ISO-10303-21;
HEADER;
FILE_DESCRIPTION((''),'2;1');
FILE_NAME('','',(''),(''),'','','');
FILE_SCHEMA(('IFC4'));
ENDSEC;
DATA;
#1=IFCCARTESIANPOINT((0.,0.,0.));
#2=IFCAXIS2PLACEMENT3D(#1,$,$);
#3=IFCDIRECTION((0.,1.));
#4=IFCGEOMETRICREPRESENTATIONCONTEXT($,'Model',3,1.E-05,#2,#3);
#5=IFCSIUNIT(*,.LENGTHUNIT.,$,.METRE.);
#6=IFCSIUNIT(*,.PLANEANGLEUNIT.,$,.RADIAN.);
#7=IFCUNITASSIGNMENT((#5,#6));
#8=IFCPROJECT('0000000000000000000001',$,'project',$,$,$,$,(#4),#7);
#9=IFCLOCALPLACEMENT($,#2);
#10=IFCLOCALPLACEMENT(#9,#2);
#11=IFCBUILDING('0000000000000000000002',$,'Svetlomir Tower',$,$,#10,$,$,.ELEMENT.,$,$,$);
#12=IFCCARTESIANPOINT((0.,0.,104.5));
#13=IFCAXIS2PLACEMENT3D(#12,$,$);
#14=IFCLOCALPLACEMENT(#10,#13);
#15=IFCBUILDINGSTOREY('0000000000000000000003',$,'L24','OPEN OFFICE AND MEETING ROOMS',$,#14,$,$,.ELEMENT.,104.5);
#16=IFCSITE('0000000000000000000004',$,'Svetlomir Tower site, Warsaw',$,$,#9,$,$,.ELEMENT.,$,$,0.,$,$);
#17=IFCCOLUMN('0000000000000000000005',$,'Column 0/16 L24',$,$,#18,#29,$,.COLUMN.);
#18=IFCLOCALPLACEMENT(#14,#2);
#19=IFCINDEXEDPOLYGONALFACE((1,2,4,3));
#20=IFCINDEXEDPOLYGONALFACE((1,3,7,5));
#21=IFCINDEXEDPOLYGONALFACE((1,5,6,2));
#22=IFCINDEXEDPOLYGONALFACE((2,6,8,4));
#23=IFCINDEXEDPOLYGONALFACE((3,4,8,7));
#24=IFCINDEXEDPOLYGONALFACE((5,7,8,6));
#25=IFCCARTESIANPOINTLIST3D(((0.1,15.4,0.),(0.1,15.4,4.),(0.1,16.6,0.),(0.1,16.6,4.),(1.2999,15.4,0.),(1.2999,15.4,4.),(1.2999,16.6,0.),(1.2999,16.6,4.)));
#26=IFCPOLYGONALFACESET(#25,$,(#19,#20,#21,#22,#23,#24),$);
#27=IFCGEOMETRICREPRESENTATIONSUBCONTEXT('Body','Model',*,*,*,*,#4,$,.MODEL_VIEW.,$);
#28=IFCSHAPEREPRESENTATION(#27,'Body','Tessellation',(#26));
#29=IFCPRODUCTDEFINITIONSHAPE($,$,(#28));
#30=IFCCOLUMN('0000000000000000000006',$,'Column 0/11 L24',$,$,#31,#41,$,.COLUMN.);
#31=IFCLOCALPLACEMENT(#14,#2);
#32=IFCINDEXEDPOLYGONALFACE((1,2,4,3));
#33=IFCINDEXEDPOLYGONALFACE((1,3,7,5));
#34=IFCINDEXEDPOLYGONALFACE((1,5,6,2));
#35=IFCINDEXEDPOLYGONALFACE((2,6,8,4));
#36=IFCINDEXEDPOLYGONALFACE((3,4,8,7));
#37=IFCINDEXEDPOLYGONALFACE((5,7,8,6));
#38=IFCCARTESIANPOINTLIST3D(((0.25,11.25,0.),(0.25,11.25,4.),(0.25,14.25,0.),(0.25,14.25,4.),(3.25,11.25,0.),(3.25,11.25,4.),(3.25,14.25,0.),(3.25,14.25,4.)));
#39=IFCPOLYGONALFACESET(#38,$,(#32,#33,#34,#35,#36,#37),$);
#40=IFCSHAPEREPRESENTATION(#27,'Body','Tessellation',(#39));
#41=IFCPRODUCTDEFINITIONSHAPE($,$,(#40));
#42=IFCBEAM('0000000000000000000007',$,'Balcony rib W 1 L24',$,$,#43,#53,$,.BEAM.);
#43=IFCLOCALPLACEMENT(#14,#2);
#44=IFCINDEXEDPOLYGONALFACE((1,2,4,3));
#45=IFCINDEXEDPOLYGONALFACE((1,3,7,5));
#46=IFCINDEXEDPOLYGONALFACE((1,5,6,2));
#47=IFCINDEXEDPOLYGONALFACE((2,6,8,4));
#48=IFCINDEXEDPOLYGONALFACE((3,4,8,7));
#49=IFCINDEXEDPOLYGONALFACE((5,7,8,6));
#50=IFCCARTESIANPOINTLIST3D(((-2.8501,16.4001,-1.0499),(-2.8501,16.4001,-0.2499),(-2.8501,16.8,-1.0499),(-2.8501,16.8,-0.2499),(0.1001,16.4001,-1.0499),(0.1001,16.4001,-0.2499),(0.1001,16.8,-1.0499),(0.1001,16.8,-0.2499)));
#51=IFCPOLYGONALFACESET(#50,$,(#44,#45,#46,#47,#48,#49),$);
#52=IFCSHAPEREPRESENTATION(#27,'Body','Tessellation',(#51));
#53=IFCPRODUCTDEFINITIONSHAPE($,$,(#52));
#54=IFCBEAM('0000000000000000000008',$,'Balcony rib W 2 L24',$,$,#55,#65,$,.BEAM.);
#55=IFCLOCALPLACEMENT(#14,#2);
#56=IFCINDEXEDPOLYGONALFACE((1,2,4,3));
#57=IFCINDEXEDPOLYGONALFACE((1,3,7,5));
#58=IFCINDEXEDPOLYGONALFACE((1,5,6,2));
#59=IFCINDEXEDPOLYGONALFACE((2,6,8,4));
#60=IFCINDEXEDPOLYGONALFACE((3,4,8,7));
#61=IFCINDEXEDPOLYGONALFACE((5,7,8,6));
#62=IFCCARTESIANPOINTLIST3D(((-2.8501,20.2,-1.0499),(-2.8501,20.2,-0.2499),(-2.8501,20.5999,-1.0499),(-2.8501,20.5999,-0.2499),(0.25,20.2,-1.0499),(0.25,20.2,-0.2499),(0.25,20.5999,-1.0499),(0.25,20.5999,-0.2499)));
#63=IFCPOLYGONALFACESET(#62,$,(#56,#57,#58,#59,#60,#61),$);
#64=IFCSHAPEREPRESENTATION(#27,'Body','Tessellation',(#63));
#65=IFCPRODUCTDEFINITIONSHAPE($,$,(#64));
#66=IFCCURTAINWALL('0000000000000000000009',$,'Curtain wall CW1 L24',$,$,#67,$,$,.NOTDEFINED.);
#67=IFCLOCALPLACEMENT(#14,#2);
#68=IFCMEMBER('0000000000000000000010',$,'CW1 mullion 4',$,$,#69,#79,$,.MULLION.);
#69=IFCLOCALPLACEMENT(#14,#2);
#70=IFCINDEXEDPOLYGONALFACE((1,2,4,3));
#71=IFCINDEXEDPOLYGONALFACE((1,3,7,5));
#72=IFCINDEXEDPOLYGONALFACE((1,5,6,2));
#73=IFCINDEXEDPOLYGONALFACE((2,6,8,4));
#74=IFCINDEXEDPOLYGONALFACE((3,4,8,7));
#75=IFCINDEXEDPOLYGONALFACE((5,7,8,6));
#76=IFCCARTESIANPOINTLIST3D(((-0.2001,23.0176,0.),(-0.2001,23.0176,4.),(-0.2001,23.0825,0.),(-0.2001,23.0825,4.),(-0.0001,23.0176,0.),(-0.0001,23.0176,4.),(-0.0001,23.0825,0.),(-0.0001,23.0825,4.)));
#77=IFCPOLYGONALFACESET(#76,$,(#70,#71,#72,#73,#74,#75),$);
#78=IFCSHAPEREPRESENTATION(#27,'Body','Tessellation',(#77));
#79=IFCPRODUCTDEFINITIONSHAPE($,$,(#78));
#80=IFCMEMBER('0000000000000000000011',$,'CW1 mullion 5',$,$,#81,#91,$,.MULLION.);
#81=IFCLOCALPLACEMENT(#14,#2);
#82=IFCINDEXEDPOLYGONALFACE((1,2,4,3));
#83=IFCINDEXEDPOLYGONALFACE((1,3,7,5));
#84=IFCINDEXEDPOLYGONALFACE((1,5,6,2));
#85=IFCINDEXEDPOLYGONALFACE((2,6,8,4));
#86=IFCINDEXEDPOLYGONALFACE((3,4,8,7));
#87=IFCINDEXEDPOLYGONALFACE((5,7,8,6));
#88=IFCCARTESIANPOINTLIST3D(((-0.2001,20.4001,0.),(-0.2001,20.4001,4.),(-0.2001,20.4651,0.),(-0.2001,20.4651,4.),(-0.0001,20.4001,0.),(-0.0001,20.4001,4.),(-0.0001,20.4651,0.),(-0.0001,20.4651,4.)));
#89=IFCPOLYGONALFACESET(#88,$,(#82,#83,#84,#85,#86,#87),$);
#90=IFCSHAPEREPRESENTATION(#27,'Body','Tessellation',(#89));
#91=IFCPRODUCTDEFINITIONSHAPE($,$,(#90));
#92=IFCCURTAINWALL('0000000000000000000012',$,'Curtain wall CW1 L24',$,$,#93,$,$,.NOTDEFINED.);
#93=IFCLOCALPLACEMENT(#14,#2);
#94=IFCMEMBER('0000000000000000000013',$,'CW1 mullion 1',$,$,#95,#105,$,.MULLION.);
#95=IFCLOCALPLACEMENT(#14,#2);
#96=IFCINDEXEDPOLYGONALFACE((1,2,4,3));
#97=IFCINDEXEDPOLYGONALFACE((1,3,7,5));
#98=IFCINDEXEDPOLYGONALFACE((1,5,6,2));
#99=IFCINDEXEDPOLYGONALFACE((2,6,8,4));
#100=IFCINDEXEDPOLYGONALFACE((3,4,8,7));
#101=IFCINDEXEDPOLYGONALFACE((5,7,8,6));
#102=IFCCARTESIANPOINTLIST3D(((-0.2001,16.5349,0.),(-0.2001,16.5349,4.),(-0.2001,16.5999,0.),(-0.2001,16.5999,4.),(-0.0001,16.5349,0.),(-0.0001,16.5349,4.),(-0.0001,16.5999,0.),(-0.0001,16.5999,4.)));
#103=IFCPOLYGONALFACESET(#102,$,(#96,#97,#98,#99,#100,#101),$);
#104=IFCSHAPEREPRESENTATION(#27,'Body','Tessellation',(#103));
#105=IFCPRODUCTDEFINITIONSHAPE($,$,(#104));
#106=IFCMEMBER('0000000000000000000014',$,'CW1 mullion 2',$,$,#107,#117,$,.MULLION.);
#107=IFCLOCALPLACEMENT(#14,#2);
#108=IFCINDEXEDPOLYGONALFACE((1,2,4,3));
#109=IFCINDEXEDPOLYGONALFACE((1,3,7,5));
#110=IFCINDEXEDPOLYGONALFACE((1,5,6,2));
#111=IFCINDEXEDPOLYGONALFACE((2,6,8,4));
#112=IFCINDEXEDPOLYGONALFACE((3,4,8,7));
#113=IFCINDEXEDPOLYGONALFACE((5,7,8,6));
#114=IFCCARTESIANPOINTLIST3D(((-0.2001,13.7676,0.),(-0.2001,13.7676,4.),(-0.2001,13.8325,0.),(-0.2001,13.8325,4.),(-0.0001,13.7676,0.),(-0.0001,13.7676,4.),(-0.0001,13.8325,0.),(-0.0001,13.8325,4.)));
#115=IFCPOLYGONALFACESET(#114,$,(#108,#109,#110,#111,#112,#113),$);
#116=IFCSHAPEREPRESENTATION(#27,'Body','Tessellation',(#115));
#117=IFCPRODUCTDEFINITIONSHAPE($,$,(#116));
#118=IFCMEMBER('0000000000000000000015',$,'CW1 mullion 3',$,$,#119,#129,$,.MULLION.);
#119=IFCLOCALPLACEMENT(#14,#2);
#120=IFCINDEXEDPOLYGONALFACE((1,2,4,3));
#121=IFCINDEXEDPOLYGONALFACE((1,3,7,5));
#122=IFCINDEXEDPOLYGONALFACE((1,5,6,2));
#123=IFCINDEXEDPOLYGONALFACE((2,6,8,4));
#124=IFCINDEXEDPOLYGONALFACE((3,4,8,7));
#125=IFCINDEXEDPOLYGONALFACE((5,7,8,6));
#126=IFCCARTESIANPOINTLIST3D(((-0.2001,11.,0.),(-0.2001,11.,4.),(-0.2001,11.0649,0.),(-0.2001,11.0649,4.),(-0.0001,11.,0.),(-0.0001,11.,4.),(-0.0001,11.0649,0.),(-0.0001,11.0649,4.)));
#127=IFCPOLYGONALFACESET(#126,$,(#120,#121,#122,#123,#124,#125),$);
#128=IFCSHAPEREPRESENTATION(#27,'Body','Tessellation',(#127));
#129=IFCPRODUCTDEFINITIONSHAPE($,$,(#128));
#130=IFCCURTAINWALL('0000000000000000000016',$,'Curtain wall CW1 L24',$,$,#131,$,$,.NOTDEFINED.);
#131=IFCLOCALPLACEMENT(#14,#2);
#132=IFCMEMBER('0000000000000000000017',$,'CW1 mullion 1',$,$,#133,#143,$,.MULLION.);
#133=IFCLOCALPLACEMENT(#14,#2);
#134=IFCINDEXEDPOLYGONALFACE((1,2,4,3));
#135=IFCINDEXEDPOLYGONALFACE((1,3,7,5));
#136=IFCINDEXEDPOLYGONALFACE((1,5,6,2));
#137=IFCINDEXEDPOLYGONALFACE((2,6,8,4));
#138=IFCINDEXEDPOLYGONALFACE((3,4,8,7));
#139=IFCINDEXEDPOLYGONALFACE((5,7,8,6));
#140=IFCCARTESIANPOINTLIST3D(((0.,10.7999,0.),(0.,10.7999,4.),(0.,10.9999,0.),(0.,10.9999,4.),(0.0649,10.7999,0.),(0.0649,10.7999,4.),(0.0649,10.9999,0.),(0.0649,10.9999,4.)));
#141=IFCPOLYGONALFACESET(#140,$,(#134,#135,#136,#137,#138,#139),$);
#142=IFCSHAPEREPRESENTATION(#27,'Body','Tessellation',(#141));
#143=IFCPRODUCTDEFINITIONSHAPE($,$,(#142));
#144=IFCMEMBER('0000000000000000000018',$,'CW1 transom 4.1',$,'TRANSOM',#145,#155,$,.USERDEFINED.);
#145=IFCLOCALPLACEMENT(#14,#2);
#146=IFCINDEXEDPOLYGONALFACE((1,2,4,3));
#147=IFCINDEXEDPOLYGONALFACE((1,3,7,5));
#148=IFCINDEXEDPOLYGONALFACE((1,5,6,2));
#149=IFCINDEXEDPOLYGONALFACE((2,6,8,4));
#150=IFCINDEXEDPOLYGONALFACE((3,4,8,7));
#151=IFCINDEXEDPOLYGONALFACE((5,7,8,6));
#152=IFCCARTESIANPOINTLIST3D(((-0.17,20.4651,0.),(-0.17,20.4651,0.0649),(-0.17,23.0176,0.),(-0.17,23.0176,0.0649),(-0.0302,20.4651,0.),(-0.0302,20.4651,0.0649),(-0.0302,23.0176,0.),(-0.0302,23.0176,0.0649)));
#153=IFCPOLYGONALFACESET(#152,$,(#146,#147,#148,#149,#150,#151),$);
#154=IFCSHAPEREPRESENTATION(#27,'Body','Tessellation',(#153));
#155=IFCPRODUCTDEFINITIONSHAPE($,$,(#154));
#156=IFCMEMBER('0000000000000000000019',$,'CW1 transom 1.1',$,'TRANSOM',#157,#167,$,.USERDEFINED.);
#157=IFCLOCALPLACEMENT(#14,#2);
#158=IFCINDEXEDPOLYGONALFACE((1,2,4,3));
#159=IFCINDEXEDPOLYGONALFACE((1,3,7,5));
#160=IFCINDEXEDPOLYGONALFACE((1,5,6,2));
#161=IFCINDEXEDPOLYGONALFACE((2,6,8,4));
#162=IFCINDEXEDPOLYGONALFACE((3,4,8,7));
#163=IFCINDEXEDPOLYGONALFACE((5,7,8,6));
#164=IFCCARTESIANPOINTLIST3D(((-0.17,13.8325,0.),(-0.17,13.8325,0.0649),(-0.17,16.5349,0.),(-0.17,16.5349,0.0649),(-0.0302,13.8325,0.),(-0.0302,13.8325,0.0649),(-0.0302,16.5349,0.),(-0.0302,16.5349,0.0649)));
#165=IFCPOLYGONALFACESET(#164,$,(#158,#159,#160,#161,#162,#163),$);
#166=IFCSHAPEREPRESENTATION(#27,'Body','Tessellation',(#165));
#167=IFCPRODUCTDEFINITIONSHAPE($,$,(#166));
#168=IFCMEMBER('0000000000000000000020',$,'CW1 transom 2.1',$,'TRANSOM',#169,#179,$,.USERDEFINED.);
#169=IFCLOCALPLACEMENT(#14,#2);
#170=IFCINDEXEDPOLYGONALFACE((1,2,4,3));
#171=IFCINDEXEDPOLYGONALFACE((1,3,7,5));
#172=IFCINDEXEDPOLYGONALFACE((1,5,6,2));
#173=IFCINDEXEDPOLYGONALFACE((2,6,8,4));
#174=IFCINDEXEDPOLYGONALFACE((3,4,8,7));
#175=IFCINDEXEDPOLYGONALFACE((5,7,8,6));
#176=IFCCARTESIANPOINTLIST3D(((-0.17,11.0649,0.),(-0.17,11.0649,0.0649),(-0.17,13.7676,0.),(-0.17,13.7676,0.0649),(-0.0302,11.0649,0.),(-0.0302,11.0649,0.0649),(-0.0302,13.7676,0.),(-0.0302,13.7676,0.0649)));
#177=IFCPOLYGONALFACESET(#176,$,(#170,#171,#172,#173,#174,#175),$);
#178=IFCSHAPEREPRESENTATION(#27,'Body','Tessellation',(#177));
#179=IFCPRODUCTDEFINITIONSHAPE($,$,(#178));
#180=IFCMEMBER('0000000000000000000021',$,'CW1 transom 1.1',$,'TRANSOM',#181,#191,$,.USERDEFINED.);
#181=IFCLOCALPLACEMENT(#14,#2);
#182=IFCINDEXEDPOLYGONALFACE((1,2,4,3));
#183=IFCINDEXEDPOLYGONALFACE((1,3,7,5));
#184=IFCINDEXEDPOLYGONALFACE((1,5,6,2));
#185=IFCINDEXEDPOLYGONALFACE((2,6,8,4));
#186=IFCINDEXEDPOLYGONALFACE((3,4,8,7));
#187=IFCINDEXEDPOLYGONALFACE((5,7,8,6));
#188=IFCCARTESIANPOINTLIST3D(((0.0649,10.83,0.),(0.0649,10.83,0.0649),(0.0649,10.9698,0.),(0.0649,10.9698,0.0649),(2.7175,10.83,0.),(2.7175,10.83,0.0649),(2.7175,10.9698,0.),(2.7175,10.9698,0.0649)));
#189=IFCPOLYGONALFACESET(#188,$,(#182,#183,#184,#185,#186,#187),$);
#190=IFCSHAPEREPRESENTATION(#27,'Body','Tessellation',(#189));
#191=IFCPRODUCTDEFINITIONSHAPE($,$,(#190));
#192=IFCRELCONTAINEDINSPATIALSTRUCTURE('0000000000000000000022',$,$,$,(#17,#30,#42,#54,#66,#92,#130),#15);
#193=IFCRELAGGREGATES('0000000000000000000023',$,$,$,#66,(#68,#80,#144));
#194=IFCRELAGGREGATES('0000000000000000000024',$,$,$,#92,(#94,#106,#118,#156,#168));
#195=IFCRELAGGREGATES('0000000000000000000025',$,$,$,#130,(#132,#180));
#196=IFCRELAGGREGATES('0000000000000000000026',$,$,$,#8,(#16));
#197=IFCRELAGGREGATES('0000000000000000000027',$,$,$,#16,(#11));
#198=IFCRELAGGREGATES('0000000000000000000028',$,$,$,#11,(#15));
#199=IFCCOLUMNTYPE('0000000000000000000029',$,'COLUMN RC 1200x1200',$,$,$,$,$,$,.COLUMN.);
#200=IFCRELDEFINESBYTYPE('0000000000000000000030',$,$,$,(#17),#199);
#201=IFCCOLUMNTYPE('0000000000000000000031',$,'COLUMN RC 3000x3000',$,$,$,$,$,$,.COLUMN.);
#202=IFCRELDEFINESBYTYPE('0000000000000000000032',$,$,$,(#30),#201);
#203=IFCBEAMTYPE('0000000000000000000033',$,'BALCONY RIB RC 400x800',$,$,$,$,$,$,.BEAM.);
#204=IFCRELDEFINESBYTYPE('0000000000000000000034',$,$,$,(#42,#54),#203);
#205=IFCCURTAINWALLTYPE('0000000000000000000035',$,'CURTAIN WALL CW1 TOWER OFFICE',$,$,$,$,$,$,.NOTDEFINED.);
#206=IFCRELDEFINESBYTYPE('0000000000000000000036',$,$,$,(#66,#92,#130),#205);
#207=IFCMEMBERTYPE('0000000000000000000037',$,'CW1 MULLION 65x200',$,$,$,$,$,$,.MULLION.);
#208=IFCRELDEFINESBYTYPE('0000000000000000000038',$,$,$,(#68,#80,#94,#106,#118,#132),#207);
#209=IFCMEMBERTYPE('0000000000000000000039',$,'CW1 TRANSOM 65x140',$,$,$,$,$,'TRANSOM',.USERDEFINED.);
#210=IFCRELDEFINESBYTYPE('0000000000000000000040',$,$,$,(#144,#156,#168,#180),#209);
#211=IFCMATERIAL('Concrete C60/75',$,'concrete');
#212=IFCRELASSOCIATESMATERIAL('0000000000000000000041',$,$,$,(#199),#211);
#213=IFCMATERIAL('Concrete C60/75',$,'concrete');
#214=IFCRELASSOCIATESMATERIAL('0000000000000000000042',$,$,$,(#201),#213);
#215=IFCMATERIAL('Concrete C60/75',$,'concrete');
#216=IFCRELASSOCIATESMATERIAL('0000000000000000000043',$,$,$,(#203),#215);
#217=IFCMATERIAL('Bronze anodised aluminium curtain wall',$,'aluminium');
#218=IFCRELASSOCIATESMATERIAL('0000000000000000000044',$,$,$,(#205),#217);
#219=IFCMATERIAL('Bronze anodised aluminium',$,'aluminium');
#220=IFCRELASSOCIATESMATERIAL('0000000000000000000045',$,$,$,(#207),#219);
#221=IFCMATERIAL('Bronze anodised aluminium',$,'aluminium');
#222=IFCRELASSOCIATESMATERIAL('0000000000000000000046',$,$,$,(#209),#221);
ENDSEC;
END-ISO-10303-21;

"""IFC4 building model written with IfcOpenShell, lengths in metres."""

from ifc_helpers import new_model, si_unit, direction, frame, origin, origin_2d, place, context, subcontext, project, spatial, rectangle, extrude, material, material_profile, profile_set, type_object, element, aggregate, save


model = new_model("IFC4")

# Units and contexts
model_context = context("Model", 3, precision=1e-05, world=origin(), true_north=direction((0.0, 1.0)))
body_context = subcontext(model_context, "Body", "Model", "MODEL_VIEW")
ifc_project = project(units=[si_unit("LENGTHUNIT", "METRE"), si_unit("PLANEANGLEUNIT", "RADIAN")], contexts=[model_context])

# Site, building, storey
site_placement = place(None, origin())
site = spatial("IfcSite", under=ifc_project, at=site_placement, Name="Svetlomir Tower site, Warsaw", CompositionType="ELEMENT", RefElevation=0.0)
building_placement = place(site_placement, origin())
building = spatial("IfcBuilding", under=site, at=building_placement, Name="Svetlomir Tower", CompositionType="ELEMENT")
storey_placement = place(building_placement, frame((0.0, 0.0, 104.5)))
storey = spatial("IfcBuildingStorey", under=building, at=storey_placement, Name="L24", Description="OPEN OFFICE AND MEETING ROOMS", CompositionType="ELEMENT", Elevation=104.5)

# Columns
ifc_material_1 = material(Name="Concrete C60/75", Category="concrete")
ifc_material_profile_1 = material_profile(ifc_material_1, rectangle(XDim=1.2, YDim=1.2, at=origin_2d()), Name="RC 1200x1200")
ifc_profile_set_1 = profile_set([ifc_material_profile_1], Name="Concrete C60/75")
column_type_1 = type_object("IfcColumnType", Name="COLUMN RC 1200x1200", PredefinedType="COLUMN", material=ifc_profile_set_1)
column_1_placement = place(storey_placement, frame((0.7, 16.0, 0.0), z_axis=(0.0, 0.0, 1.0), x_axis=(1.0, 0.0, 0.0)))
element("IfcColumn", 1, at=column_1_placement, inside=storey, type_object=column_type_1, Name="Column 0/16 L24", PredefinedType="COLUMN", context=body_context, shape_type="SweptSolid", body=[
    extrude(rectangle(XDim=1.2, YDim=1.2, at=origin_2d()), origin(), (0.0, 0.0, 1.0), 4.0),
])
ifc_material_2 = material(Name="Concrete C60/75", Category="concrete")
ifc_material_profile_2 = material_profile(ifc_material_2, rectangle(XDim=3.0, YDim=3.0, at=origin_2d()), Name="RC 3000x3000")
ifc_profile_set_2 = profile_set([ifc_material_profile_2], Name="Concrete C60/75")
column_type_2 = type_object("IfcColumnType", Name="COLUMN RC 3000x3000", PredefinedType="COLUMN", material=ifc_profile_set_2)
column_2_placement = place(storey_placement, frame((1.75, 12.75, 0.0), z_axis=(0.0, 0.0, 1.0), x_axis=(1.0, 0.0, 0.0)))
element("IfcColumn", 2, at=column_2_placement, inside=storey, type_object=column_type_2, Name="Column 0/11 L24", PredefinedType="COLUMN", context=body_context, shape_type="SweptSolid", body=[
    extrude(rectangle(XDim=3.0, YDim=3.0, at=origin_2d()), origin(), (0.0, 0.0, 1.0), 4.0),
])

# Beams
ifc_material_3 = material(Name="Concrete C60/75", Category="concrete")
ifc_material_profile_3 = material_profile(ifc_material_3, rectangle(XDim=0.3999, YDim=0.8, at=origin_2d()), Name="RC 400x800")
ifc_profile_set_3 = profile_set([ifc_material_profile_3], Name="Concrete C60/75")
beam_type_1 = type_object("IfcBeamType", Name="BALCONY RIB RC 400x800", PredefinedType="BEAM", material=ifc_profile_set_3)
beam_1_placement = place(storey_placement, frame((0.1001, 16.6001, -0.6499), z_axis=(-1.0, 0.0, 0.0), x_axis=(0.0, -1.0, 0.0)))
element("IfcBeam", 3, at=beam_1_placement, inside=storey, type_object=beam_type_1, Name="Balcony rib W 1 L24", PredefinedType="BEAM", context=body_context, shape_type="SweptSolid", body=[
    extrude(rectangle(XDim=0.3999, YDim=0.8, at=origin_2d()), origin(), (0.0, 0.0, 1.0), 2.9502),
])
beam_2_placement = place(storey_placement, frame((0.25, 20.3999, -0.6499), z_axis=(-1.0, 0.0, 0.0), x_axis=(0.0, -1.0, 0.0)))
element("IfcBeam", 4, at=beam_2_placement, inside=storey, type_object=beam_type_1, Name="Balcony rib W 2 L24", PredefinedType="BEAM", context=body_context, shape_type="SweptSolid", body=[
    extrude(rectangle(XDim=0.3999, YDim=0.8, at=origin_2d()), origin(), (0.0, 0.0, 1.0), 3.1001),
])

# Curtain walls, members
ifc_material_4 = material(Name="Bronze anodised aluminium curtain wall", Category="aluminium")
curtain_wall_type = type_object("IfcCurtainWallType", Name="CURTAIN WALL CW1 TOWER OFFICE", PredefinedType="NOTDEFINED", material=ifc_material_4)
curtain_wall_1_placement = place(storey_placement, origin())
curtain_wall_1 = element("IfcCurtainWall", 5, at=curtain_wall_1_placement, inside=storey, type_object=curtain_wall_type, Name="Curtain wall CW1 L24", PredefinedType="NOTDEFINED")
ifc_material_5 = material(Name="Bronze anodised aluminium", Category="aluminium")
ifc_material_profile_4 = material_profile(ifc_material_5, rectangle(XDim=0.0649, YDim=0.2, at=origin_2d()), Name="AL 65x200")
ifc_profile_set_4 = profile_set([ifc_material_profile_4], Name="Bronze anodised aluminium 6063-T6")
member_type_1 = type_object("IfcMemberType", Name="CW1 MULLION 65x200", PredefinedType="MULLION", material=ifc_profile_set_4)
member_1_placement = place(storey_placement, frame((-0.1001, 23.05, 0.0), z_axis=(0.0, 0.0, 1.0), x_axis=(0.0, -1.0, 0.0)))
member_1 = element("IfcMember", 6, at=member_1_placement, type_object=member_type_1, Name="CW1 mullion 4", PredefinedType="MULLION", context=body_context, shape_type="SweptSolid", body=[
    extrude(rectangle(XDim=0.0649, YDim=0.2, at=origin_2d()), origin(), (0.0, 0.0, 1.0), 4.0),
])
member_2_placement = place(storey_placement, frame((-0.1001, 20.4326, 0.0), z_axis=(0.0, 0.0, 1.0), x_axis=(0.0, -1.0, 0.0)))
member_2 = element("IfcMember", 7, at=member_2_placement, type_object=member_type_1, Name="CW1 mullion 5", PredefinedType="MULLION", context=body_context, shape_type="SweptSolid", body=[
    extrude(rectangle(XDim=0.0649, YDim=0.2, at=origin_2d()), origin(), (0.0, 0.0, 1.0), 4.0),
])
curtain_wall_2_placement = place(storey_placement, origin())
curtain_wall_2 = element("IfcCurtainWall", 8, at=curtain_wall_2_placement, inside=storey, type_object=curtain_wall_type, Name="Curtain wall CW1 L24", PredefinedType="NOTDEFINED")
member_3_placement = place(storey_placement, frame((-0.1001, 16.5674, 0.0), z_axis=(0.0, 0.0, 1.0), x_axis=(0.0, -1.0, 0.0)))
member_3 = element("IfcMember", 9, at=member_3_placement, type_object=member_type_1, Name="CW1 mullion 1", PredefinedType="MULLION", context=body_context, shape_type="SweptSolid", body=[
    extrude(rectangle(XDim=0.0649, YDim=0.2, at=origin_2d()), origin(), (0.0, 0.0, 1.0), 4.0),
])
member_4_placement = place(storey_placement, frame((-0.1001, 13.8, 0.0), z_axis=(0.0, 0.0, 1.0), x_axis=(0.0, -1.0, 0.0)))
member_4 = element("IfcMember", 10, at=member_4_placement, type_object=member_type_1, Name="CW1 mullion 2", PredefinedType="MULLION", context=body_context, shape_type="SweptSolid", body=[
    extrude(rectangle(XDim=0.0649, YDim=0.2, at=origin_2d()), origin(), (0.0, 0.0, 1.0), 4.0),
])
member_5_placement = place(storey_placement, frame((-0.1001, 11.0325, 0.0), z_axis=(0.0, 0.0, 1.0), x_axis=(0.0, -1.0, 0.0)))
member_5 = element("IfcMember", 11, at=member_5_placement, type_object=member_type_1, Name="CW1 mullion 3", PredefinedType="MULLION", context=body_context, shape_type="SweptSolid", body=[
    extrude(rectangle(XDim=0.0649, YDim=0.2, at=origin_2d()), origin(), (0.0, 0.0, 1.0), 4.0),
])

# Curtain wall, member
curtain_wall_3_placement = place(storey_placement, origin())
curtain_wall_3 = element("IfcCurtainWall", 12, at=curtain_wall_3_placement, inside=storey, type_object=curtain_wall_type, Name="Curtain wall CW1 L24", PredefinedType="NOTDEFINED")
member_6_placement = place(storey_placement, frame((0.0325, 10.8999, 0.0), z_axis=(0.0, 0.0, 1.0), x_axis=(1.0, 0.0, 0.0)))
member_6 = element("IfcMember", 13, at=member_6_placement, type_object=member_type_1, Name="CW1 mullion 1", PredefinedType="MULLION", context=body_context, shape_type="SweptSolid", body=[
    extrude(rectangle(XDim=0.0649, YDim=0.2, at=origin_2d()), origin(), (0.0, 0.0, 1.0), 4.0),
])

# Members
ifc_material_6 = material(Name="Bronze anodised aluminium", Category="aluminium")
ifc_material_profile_5 = material_profile(ifc_material_6, rectangle(XDim=0.1399, YDim=0.0649, at=origin_2d()), Name="AL 140x65")
ifc_profile_set_5 = profile_set([ifc_material_profile_5], Name="Bronze anodised aluminium 6063-T6")
member_type_2 = type_object("IfcMemberType", Name="CW1 TRANSOM 65x140", ElementType="TRANSOM", PredefinedType="USERDEFINED", material=ifc_profile_set_5)
member_7_placement = place(storey_placement, frame((-0.1001, 23.0176, 0.0325), z_axis=(0.0, -1.0, 0.0), x_axis=(1.0, 0.0, 0.0)))
member_7 = element("IfcMember", 14, at=member_7_placement, type_object=member_type_2, Name="CW1 transom 4.1", ObjectType="TRANSOM", PredefinedType="USERDEFINED", context=body_context, shape_type="SweptSolid", body=[
    extrude(rectangle(XDim=0.1399, YDim=0.0649, at=origin_2d()), origin(), (0.0, 0.0, 1.0), 2.5525),
])
member_8_placement = place(storey_placement, frame((-0.1001, 16.5349, 0.0325), z_axis=(0.0, -1.0, 0.0), x_axis=(1.0, 0.0, 0.0)))
member_8 = element("IfcMember", 15, at=member_8_placement, type_object=member_type_2, Name="CW1 transom 1.1", ObjectType="TRANSOM", PredefinedType="USERDEFINED", context=body_context, shape_type="SweptSolid", body=[
    extrude(rectangle(XDim=0.1399, YDim=0.0649, at=origin_2d()), origin(), (0.0, 0.0, 1.0), 2.7024),
])
member_9_placement = place(storey_placement, frame((-0.1001, 13.7676, 0.0325), z_axis=(0.0, -1.0, 0.0), x_axis=(1.0, 0.0, 0.0)))
member_9 = element("IfcMember", 16, at=member_9_placement, type_object=member_type_2, Name="CW1 transom 2.1", ObjectType="TRANSOM", PredefinedType="USERDEFINED", context=body_context, shape_type="SweptSolid", body=[
    extrude(rectangle(XDim=0.1399, YDim=0.0649, at=origin_2d()), origin(), (0.0, 0.0, 1.0), 2.7026),
])
member_10_placement = place(storey_placement, frame((0.0649, 10.8999, 0.0325), z_axis=(1.0, 0.0, 0.0), x_axis=(0.0, 1.0, 0.0)))
member_10 = element("IfcMember", 17, at=member_10_placement, type_object=member_type_2, Name="CW1 transom 1.1", ObjectType="TRANSOM", PredefinedType="USERDEFINED", context=body_context, shape_type="SweptSolid", body=[
    extrude(rectangle(XDim=0.1399, YDim=0.0649, at=origin_2d()), origin(), (0.0, 0.0, 1.0), 2.6526),
])

aggregate(curtain_wall_1, [member_1, member_2, member_7])
aggregate(curtain_wall_2, [member_3, member_4, member_5, member_8, member_9])
aggregate(curtain_wall_3, [member_6, member_10])

save(model, "model.ifc")
